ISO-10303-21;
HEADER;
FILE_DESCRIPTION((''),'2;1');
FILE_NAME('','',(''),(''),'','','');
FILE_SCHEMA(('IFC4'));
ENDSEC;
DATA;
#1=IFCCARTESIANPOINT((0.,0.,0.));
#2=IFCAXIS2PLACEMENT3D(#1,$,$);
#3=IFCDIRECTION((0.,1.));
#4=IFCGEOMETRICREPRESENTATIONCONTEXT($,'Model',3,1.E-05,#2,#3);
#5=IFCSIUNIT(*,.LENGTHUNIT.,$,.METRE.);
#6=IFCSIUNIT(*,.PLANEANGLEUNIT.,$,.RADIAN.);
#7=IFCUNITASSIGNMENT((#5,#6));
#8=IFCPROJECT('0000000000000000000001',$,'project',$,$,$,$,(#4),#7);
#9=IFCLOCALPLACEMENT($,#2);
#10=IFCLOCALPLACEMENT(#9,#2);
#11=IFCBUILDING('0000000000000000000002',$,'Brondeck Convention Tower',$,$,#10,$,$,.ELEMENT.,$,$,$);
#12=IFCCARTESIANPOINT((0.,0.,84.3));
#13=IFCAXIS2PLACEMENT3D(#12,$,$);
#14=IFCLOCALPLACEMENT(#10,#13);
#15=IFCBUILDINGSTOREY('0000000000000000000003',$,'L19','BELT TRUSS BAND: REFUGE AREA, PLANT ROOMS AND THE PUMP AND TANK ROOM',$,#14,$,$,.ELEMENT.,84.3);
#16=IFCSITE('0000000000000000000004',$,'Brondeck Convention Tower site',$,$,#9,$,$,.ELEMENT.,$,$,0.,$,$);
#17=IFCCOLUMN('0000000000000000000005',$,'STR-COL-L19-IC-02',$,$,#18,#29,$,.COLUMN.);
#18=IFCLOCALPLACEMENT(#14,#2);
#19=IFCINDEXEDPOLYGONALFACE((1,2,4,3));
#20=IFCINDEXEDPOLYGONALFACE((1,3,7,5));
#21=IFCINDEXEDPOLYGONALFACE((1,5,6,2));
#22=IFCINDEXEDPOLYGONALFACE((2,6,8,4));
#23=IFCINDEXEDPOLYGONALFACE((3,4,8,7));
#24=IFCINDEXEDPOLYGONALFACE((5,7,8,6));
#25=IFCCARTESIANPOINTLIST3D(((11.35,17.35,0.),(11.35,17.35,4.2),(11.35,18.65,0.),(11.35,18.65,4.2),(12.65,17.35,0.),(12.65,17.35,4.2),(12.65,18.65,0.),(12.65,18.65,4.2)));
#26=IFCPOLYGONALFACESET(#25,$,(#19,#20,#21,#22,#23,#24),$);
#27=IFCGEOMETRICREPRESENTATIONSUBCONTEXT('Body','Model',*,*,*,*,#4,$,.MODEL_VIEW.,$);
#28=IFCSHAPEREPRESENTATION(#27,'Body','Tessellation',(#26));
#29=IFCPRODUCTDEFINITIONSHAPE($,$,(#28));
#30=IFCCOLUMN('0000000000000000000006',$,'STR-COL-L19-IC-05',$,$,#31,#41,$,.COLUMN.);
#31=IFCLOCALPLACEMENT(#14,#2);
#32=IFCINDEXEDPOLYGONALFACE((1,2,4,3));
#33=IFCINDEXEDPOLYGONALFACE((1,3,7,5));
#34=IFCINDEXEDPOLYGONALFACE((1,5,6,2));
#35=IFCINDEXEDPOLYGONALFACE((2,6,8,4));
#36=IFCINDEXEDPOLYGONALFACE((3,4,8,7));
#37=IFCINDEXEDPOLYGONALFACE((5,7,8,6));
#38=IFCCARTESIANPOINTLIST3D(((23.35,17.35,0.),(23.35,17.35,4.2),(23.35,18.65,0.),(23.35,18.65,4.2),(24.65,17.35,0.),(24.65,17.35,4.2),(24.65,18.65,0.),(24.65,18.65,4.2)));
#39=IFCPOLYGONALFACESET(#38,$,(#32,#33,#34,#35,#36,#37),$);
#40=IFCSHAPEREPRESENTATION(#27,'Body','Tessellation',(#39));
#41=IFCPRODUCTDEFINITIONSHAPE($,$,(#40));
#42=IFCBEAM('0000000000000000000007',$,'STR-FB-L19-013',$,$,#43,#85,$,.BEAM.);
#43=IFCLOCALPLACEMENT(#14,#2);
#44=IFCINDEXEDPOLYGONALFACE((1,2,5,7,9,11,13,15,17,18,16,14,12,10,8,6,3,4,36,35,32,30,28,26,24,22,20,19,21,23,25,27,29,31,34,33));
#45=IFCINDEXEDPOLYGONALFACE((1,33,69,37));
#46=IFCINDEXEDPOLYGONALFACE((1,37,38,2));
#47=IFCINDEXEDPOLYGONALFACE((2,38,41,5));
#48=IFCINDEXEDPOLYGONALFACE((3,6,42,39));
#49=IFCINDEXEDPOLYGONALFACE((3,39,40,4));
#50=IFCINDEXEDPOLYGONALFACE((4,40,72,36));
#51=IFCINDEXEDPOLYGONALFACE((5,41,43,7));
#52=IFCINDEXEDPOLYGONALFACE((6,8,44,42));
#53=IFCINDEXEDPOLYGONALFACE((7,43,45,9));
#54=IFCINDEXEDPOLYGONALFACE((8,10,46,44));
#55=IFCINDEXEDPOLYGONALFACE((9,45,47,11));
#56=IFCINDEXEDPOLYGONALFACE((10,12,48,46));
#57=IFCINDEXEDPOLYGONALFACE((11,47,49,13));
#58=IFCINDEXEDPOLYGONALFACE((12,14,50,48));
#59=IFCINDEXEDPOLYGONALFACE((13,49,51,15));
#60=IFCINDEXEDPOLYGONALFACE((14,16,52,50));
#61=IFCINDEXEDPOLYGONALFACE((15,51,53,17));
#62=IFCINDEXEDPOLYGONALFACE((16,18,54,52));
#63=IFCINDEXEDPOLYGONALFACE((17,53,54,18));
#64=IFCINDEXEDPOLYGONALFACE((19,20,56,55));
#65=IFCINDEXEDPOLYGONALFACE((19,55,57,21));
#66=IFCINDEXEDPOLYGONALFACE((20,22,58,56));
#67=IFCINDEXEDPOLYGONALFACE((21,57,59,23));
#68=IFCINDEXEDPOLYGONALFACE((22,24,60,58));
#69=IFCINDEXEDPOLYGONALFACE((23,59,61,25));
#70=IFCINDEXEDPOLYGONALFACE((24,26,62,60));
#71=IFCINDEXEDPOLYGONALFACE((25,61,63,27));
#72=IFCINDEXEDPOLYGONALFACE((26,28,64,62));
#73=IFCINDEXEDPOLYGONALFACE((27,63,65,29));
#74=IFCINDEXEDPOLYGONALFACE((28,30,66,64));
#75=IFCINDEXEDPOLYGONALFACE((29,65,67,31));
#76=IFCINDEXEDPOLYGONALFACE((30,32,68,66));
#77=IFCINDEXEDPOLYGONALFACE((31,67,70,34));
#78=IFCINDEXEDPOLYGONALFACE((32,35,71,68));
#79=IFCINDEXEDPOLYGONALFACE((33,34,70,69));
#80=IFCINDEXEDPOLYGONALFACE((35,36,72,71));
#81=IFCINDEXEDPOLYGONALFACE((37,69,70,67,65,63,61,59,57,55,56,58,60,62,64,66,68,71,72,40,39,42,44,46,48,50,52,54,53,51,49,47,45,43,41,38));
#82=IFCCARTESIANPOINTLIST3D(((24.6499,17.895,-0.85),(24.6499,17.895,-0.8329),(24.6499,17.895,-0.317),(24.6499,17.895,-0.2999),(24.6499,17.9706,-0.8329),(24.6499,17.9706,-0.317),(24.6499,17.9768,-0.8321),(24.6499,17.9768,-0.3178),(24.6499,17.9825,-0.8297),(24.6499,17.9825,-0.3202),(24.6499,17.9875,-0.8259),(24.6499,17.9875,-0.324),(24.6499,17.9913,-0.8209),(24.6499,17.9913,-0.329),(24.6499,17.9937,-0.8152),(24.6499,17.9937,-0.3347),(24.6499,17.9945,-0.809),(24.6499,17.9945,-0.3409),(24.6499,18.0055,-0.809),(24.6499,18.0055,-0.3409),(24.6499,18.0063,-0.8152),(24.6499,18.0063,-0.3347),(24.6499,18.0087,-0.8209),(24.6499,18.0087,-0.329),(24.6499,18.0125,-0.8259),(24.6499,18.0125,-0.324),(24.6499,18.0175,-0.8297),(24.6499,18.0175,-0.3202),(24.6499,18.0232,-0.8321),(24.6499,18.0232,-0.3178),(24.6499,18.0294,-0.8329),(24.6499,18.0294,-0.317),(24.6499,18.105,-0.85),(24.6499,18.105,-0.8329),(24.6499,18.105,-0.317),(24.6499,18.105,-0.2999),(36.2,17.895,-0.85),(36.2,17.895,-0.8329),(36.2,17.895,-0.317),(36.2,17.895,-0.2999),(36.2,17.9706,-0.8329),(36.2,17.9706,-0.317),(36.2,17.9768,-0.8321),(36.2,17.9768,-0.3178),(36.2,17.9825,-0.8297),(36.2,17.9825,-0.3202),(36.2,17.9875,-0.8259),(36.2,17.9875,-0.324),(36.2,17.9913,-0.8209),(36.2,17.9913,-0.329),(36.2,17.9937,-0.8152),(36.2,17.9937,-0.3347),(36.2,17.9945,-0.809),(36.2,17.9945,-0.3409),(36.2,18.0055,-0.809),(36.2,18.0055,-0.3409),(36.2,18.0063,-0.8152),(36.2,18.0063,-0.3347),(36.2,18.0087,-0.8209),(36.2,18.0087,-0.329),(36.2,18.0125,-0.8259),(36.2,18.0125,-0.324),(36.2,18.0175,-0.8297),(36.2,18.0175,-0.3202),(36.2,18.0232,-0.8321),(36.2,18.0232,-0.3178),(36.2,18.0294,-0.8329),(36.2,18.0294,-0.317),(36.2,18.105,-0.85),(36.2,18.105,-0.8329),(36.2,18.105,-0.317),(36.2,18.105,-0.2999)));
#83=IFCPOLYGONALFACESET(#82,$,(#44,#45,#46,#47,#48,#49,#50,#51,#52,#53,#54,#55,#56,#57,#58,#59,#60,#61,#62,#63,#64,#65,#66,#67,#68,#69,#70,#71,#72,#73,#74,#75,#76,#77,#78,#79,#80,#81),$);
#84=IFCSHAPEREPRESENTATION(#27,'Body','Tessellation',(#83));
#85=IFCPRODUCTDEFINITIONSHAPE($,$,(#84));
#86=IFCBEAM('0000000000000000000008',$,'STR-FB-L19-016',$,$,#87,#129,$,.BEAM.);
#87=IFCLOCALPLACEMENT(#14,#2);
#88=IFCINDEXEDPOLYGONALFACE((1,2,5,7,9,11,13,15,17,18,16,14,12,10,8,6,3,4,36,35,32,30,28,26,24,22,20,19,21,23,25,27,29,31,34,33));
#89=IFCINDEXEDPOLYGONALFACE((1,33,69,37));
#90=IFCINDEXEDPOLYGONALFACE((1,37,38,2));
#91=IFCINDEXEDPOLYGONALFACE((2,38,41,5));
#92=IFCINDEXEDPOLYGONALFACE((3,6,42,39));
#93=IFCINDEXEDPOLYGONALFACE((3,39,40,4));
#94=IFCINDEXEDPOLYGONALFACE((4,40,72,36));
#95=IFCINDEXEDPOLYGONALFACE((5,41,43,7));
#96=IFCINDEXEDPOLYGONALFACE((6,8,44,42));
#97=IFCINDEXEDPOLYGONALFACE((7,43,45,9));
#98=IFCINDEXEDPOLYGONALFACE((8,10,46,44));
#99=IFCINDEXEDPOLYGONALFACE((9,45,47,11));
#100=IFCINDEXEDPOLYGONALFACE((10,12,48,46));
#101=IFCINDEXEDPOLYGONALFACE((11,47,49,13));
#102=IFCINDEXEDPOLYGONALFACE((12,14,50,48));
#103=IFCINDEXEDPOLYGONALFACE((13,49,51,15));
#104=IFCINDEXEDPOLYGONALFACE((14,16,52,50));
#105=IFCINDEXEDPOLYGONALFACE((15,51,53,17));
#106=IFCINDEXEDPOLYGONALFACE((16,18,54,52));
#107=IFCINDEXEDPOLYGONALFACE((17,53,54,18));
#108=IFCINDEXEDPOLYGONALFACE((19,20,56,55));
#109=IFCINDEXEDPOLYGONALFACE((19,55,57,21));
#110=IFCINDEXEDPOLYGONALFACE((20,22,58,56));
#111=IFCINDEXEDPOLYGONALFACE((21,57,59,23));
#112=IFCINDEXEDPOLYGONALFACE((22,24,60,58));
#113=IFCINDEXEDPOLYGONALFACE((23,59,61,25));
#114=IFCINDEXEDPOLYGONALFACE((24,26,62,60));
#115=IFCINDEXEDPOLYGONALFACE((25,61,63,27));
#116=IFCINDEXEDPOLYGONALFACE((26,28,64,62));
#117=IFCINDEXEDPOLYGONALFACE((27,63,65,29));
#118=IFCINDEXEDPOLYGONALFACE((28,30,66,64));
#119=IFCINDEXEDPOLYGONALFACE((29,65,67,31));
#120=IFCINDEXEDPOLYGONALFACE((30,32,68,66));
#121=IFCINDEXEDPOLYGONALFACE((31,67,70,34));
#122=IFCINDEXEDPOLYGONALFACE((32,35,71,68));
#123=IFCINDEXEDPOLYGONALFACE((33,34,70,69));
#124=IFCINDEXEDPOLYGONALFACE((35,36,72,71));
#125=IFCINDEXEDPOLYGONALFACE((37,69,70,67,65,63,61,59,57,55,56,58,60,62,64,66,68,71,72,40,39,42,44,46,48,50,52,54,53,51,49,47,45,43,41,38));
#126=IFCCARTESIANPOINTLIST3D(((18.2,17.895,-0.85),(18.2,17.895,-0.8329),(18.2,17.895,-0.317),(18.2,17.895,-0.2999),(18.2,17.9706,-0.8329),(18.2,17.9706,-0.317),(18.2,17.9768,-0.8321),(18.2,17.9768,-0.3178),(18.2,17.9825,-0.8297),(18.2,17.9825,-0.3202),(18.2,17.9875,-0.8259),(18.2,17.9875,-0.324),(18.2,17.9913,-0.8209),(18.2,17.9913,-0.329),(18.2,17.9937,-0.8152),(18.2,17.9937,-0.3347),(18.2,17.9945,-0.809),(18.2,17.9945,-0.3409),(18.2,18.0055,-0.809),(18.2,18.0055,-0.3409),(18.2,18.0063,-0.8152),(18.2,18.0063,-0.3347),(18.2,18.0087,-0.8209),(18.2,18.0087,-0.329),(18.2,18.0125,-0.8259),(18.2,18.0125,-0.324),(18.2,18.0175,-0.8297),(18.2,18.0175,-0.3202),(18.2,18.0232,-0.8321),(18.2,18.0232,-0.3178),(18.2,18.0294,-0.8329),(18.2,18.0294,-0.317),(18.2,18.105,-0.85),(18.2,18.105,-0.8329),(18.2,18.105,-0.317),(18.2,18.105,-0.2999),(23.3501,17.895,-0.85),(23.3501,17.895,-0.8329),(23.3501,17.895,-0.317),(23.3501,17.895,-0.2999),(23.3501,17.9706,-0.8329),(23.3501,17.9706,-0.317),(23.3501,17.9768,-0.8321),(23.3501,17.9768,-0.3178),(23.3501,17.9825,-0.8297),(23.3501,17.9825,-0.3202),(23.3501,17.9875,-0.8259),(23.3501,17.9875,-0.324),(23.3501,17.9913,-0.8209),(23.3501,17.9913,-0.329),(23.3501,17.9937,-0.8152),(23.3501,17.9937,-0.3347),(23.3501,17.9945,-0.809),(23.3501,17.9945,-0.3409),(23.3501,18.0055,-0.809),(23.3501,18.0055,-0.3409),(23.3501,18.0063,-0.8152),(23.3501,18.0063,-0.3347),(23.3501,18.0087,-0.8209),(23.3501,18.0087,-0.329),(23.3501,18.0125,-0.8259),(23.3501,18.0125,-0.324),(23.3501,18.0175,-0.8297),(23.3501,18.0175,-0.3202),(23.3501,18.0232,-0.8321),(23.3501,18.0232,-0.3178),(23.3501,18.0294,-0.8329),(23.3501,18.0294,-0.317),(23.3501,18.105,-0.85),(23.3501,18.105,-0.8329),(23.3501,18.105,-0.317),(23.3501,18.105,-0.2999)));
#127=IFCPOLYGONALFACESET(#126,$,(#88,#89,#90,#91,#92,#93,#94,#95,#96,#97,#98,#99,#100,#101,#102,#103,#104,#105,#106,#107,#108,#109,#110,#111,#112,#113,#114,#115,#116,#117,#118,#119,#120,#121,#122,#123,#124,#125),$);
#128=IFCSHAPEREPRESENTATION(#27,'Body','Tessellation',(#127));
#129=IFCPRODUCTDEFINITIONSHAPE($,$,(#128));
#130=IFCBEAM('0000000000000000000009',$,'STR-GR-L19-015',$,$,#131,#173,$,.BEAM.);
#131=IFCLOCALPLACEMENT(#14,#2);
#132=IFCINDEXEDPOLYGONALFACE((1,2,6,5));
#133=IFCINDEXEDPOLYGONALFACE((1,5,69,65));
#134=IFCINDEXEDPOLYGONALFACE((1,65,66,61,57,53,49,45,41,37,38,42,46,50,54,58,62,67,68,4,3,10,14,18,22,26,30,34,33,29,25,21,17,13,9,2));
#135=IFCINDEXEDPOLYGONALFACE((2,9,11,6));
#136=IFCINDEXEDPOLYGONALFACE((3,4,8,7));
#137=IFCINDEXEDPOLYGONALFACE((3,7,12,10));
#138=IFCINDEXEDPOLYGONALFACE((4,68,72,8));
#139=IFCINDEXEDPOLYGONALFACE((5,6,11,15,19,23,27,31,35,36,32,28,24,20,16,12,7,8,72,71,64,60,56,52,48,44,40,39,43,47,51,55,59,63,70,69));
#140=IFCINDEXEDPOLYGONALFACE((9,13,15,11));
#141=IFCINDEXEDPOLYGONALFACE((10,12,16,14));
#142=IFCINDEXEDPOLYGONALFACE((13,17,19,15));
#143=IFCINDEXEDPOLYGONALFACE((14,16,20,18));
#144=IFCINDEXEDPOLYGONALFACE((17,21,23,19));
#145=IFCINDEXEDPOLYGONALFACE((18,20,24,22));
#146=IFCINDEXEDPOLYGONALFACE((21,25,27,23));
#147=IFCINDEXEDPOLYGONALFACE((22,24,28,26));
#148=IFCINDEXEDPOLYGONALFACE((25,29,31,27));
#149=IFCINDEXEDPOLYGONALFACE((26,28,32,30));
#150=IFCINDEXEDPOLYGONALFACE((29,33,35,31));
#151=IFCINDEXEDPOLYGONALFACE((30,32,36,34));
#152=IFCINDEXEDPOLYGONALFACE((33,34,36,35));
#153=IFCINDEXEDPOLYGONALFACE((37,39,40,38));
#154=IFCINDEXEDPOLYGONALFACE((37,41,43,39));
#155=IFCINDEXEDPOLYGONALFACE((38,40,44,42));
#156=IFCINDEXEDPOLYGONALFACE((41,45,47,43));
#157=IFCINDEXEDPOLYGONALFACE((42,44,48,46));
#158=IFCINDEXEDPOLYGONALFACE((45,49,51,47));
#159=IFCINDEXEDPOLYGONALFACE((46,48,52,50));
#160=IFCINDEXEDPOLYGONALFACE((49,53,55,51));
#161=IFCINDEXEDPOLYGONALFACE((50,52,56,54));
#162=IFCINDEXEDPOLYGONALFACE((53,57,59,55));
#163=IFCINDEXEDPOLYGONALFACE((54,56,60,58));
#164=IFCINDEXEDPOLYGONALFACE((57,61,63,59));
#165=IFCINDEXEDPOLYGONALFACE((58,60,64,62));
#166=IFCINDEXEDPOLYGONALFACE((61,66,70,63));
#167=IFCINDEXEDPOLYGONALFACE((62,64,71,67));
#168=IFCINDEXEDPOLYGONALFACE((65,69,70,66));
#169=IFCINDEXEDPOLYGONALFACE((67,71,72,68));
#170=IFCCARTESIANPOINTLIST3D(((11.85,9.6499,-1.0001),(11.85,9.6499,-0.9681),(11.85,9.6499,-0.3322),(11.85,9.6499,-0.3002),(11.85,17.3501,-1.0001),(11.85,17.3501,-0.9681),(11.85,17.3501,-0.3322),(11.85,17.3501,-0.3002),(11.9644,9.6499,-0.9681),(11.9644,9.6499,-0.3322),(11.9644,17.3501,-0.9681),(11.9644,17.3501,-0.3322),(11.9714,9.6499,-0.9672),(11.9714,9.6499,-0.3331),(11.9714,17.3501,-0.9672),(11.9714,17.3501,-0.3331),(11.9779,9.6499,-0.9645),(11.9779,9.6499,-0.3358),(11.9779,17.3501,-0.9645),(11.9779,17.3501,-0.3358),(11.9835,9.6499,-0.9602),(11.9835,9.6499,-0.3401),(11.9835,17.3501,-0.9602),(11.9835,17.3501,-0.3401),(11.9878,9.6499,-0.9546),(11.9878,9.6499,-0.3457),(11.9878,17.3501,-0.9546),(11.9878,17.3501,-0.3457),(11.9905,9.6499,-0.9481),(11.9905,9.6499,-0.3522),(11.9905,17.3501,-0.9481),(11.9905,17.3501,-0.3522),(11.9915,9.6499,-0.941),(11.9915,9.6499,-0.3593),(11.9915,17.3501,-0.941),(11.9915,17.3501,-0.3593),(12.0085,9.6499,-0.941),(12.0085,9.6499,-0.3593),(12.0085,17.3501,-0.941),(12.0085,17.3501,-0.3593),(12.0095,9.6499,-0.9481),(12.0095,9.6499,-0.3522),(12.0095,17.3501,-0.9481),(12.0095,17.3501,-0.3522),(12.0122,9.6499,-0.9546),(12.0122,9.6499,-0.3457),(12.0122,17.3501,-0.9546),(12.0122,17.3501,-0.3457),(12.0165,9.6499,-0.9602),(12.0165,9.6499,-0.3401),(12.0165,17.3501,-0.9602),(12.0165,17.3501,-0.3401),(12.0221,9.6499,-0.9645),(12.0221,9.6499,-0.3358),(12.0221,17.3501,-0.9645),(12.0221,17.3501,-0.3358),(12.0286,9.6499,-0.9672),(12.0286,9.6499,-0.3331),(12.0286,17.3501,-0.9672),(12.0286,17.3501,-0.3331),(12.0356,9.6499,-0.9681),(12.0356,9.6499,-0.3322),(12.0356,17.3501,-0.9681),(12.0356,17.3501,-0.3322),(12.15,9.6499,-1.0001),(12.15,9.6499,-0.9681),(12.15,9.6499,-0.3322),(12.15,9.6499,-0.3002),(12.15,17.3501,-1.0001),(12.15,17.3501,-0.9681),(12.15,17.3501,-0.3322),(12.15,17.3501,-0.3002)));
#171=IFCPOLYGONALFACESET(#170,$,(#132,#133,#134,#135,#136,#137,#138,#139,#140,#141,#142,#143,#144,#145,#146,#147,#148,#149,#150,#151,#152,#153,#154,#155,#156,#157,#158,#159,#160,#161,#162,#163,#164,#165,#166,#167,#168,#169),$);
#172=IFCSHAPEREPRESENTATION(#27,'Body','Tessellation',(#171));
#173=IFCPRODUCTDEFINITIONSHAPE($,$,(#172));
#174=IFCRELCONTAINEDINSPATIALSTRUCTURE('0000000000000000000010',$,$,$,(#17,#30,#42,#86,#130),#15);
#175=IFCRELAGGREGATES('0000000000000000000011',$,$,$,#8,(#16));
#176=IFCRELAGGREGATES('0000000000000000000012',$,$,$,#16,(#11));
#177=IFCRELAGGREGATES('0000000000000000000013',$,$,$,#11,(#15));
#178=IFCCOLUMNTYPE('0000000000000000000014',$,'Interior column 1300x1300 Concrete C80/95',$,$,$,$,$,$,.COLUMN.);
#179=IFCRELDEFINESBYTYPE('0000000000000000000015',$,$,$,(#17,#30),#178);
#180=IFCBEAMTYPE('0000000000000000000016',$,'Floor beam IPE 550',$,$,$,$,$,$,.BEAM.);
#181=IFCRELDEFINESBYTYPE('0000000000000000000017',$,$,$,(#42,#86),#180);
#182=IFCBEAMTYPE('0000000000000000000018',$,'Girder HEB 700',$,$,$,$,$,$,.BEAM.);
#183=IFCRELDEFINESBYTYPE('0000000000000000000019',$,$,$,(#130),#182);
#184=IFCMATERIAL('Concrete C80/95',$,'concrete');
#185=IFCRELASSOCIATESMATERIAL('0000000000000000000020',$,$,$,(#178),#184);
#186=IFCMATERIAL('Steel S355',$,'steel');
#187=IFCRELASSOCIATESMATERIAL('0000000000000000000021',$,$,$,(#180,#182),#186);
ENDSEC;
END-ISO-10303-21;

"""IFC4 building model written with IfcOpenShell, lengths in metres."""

from ifc_helpers import new_model, si_unit, direction, frame, origin, origin_2d, place, context, subcontext, project, spatial, rectangle, i_section, extrude, material, material_profile, profile_set, type_object, element, save


model = new_model("IFC4")

# Units and contexts
model_context = context("Model", 3, precision=1e-05, world=origin(), true_north=direction((0.0, 1.0)))
body_context = subcontext(model_context, "Body", "Model", "MODEL_VIEW")
ifc_project = project(units=[si_unit("LENGTHUNIT", "METRE"), si_unit("PLANEANGLEUNIT", "RADIAN")], contexts=[model_context])

# Site, building, storey
site_placement = place(None, origin())
site = spatial("IfcSite", under=ifc_project, at=site_placement, Name="Brondeck Convention Tower site", CompositionType="ELEMENT", RefElevation=0.0)
building_placement = place(site_placement, origin())
building = spatial("IfcBuilding", under=site, at=building_placement, Name="Brondeck Convention Tower", CompositionType="ELEMENT")
storey_placement = place(building_placement, frame((0.0, 0.0, 84.3)))
storey = spatial("IfcBuildingStorey", under=building, at=storey_placement, Name="L19", Description="BELT TRUSS BAND: REFUGE AREA, PLANT ROOMS AND THE PUMP AND TANK ROOM", CompositionType="ELEMENT", Elevation=84.3)

# Columns
ifc_material_1 = material(Name="Concrete C80/95", Category="concrete")
ifc_material_profile_1 = material_profile(ifc_material_1, rectangle(XDim=1.3, YDim=1.3, at=origin_2d()), Name="Interior column 1300x1300 Concrete C80/95")
ifc_profile_set_1 = profile_set([ifc_material_profile_1], Name="Concrete C80/95")
column_type = type_object("IfcColumnType", Name="Interior column 1300x1300 Concrete C80/95", PredefinedType="COLUMN", material=ifc_profile_set_1)
for number, where, z_axis, x_axis, name in (
    (1, (12.0, 18.0, 0.0), (0.0, 0.0, 1.0), (1.0, 0.0, 0.0), "STR-COL-L19-IC-02"),
    (2, (24.0, 18.0, 0.0), (0.0, 0.0, 1.0), (1.0, 0.0, 0.0), "STR-COL-L19-IC-05"),
):
    element("IfcColumn", number, at=place(storey_placement, frame(where, z_axis=z_axis, x_axis=x_axis)), inside=storey, type_object=column_type, Name=name, PredefinedType="COLUMN", context=body_context, shape_type="SweptSolid", body=[
        extrude(rectangle(XDim=1.3, YDim=1.3, at=origin_2d()), origin(), (0.0, 0.0, 1.0), 4.2),
    ])

# Beams
ifc_material_2 = material(Name="Steel S355", Category="steel")
ifc_material_profile_2 = material_profile(ifc_material_2, i_section(OverallWidth=0.21, OverallDepth=0.55, WebThickness=0.011, FlangeThickness=0.0171, FilletRadius=0.0239, at=origin_2d()), Name="IPE 550")
ifc_profile_set_2 = profile_set([ifc_material_profile_2], Name="Steel S355")
beam_type_1 = type_object("IfcBeamType", Name="Floor beam IPE 550", PredefinedType="BEAM", material=ifc_profile_set_2)
beam_1_placement = place(storey_placement, frame((24.6499, 18.0, -0.575), z_axis=(1.0, 0.0, 0.0), x_axis=(0.0, 1.0, 0.0)))
element("IfcBeam", 3, at=beam_1_placement, inside=storey, type_object=beam_type_1, Name="STR-FB-L19-013", PredefinedType="BEAM", context=body_context, shape_type="SweptSolid", body=[
    extrude(i_section(OverallWidth=0.21, OverallDepth=0.55, WebThickness=0.011, FlangeThickness=0.0171, FilletRadius=0.0239, at=origin_2d()), origin(), (0.0, 0.0, 1.0), 11.55),
])
beam_2_placement = place(storey_placement, frame((18.2, 18.0, -0.575), z_axis=(1.0, 0.0, 0.0), x_axis=(0.0, 1.0, 0.0)))
element("IfcBeam", 4, at=beam_2_placement, inside=storey, type_object=beam_type_1, Name="STR-FB-L19-016", PredefinedType="BEAM", context=body_context, shape_type="SweptSolid", body=[
    extrude(i_section(OverallWidth=0.21, OverallDepth=0.55, WebThickness=0.011, FlangeThickness=0.0171, FilletRadius=0.0239, at=origin_2d()), origin(), (0.0, 0.0, 1.0), 5.1501),
])
ifc_material_profile_3 = material_profile(ifc_material_2, i_section(OverallWidth=0.3, OverallDepth=0.7, WebThickness=0.0171, FlangeThickness=0.032, FilletRadius=0.0271, at=origin_2d()), Name="HEB 700")
ifc_profile_set_3 = profile_set([ifc_material_profile_3], Name="Steel S355")
beam_type_2 = type_object("IfcBeamType", Name="Girder HEB 700", PredefinedType="BEAM", material=ifc_profile_set_3)
for number, where, z_axis, x_axis, name in (
    (5, (12.0, 17.3501, -0.6501), (0.0, -1.0, 0.0), (1.0, 0.0, 0.0), "STR-GR-L19-015"),
):
    element("IfcBeam", number, at=place(storey_placement, frame(where, z_axis=z_axis, x_axis=x_axis)), inside=storey, type_object=beam_type_2, Name=name, PredefinedType="BEAM", context=body_context, shape_type="SweptSolid", body=[
        extrude(i_section(OverallWidth=0.3, OverallDepth=0.7, WebThickness=0.0171, FlangeThickness=0.032, FilletRadius=0.0271, at=origin_2d()), origin(), (0.0, 0.0, 1.0), 7.7002),
    ])

save(model, "model.ifc")
